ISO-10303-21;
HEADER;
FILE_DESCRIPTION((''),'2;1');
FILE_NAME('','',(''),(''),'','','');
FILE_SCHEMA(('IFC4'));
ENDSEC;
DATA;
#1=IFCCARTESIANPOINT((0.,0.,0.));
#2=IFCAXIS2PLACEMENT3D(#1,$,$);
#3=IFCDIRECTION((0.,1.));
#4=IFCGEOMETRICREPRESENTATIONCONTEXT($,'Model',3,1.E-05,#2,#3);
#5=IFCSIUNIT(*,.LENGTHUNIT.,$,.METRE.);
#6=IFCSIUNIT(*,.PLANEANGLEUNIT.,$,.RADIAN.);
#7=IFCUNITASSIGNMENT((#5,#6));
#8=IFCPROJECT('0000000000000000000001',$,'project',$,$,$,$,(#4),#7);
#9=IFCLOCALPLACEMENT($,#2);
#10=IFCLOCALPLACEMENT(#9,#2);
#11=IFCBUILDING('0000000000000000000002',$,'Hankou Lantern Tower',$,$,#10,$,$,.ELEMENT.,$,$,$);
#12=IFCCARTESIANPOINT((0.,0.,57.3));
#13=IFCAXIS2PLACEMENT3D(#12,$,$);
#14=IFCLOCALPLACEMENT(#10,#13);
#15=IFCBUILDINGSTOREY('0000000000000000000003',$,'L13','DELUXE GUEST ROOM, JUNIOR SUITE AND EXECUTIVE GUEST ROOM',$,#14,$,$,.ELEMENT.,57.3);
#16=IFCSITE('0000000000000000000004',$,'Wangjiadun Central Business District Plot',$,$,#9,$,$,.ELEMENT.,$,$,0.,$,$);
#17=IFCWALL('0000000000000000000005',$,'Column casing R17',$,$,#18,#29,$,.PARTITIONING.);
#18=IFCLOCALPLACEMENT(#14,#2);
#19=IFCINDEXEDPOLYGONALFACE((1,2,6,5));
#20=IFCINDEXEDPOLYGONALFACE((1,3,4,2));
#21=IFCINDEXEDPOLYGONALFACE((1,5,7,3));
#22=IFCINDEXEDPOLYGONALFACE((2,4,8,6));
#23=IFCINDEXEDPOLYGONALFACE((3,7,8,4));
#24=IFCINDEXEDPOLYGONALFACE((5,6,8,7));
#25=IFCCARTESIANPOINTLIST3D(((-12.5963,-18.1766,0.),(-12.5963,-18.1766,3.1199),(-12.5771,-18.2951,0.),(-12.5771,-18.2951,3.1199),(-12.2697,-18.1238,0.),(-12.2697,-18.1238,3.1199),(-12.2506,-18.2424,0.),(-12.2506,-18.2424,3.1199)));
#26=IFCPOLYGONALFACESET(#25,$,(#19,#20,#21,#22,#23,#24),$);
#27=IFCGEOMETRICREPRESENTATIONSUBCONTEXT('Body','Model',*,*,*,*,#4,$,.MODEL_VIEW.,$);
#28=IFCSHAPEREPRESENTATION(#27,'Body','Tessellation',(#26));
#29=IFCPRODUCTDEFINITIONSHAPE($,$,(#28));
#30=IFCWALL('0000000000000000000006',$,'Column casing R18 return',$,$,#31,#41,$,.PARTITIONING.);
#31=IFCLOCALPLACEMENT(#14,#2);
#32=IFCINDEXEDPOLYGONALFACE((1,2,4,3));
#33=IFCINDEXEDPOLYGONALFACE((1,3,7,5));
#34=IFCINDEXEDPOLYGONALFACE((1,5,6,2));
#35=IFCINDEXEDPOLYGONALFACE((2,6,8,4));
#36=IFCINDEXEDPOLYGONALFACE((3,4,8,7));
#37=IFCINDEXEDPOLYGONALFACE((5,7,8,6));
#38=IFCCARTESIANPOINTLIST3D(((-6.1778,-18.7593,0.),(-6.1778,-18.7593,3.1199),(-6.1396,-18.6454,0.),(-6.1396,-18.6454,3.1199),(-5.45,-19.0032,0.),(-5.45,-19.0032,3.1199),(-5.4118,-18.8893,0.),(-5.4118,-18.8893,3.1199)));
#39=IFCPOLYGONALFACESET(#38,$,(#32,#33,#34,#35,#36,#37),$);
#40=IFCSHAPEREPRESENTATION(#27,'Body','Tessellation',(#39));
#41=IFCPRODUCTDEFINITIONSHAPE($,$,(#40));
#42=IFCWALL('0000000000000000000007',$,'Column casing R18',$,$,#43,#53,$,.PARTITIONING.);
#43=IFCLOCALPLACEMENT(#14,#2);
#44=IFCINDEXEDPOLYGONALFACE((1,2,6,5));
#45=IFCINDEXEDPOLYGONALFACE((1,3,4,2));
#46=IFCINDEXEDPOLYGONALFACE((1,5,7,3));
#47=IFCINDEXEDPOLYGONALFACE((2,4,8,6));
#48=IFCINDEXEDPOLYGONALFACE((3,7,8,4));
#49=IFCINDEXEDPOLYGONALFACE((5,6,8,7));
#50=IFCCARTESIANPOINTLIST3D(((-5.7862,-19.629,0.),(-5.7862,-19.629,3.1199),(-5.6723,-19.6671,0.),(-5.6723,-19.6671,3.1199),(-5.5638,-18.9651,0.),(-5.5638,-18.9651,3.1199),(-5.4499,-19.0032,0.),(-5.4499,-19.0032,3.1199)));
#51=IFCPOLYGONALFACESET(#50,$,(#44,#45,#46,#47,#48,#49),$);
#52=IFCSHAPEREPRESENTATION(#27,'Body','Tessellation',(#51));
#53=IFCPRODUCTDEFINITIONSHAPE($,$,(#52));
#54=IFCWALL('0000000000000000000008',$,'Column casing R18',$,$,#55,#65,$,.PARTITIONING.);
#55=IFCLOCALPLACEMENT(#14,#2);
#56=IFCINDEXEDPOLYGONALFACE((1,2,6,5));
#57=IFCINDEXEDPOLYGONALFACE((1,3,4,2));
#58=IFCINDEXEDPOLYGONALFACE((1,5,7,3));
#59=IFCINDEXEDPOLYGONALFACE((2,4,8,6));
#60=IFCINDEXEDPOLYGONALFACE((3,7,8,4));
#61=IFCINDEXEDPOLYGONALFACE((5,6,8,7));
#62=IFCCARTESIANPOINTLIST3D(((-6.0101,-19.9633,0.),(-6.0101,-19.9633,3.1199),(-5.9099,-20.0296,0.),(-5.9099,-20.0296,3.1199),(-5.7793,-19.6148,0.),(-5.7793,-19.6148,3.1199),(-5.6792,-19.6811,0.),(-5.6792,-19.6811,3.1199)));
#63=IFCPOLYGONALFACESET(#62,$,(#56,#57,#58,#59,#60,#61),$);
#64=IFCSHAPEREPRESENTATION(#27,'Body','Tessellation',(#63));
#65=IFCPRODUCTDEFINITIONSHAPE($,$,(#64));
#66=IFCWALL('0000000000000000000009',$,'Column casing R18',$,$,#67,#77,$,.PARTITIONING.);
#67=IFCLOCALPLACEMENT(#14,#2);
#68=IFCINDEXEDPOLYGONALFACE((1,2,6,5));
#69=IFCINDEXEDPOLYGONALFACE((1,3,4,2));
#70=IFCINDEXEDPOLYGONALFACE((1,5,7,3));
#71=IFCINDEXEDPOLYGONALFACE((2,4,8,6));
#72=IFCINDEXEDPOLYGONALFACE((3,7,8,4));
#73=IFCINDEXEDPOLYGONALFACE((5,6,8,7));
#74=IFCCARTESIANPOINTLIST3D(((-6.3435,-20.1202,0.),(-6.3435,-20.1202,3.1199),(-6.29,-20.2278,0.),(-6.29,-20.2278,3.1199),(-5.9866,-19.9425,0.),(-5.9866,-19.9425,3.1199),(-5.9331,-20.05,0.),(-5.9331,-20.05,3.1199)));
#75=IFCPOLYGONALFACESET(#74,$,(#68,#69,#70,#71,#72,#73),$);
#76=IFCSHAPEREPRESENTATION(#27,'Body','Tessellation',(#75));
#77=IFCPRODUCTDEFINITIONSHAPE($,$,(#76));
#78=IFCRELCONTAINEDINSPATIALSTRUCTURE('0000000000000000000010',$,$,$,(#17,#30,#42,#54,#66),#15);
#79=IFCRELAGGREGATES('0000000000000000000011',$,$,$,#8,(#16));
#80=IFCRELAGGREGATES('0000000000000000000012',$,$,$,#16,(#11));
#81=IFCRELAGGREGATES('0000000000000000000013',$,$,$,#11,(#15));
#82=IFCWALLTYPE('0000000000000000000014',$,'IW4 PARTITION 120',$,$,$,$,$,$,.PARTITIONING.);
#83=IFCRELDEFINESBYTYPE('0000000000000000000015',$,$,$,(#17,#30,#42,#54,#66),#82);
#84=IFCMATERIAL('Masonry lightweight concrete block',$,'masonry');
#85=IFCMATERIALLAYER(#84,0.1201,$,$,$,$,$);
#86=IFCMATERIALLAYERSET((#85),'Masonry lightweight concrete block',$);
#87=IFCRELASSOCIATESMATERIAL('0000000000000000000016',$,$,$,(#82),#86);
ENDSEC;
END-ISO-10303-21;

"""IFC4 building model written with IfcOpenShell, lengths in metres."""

from ifc_helpers import new_model, si_unit, direction, frame, frame_2d, origin, place, context, subcontext, project, spatial, rectangle, extrude, material, layer, layer_set, type_object, element, save


model = new_model("IFC4")

# Units and contexts
model_context = context("Model", 3, precision=1e-05, world=origin(), true_north=direction((0.0, 1.0)))
body_context = subcontext(model_context, "Body", "Model", "MODEL_VIEW")
ifc_project = project(units=[si_unit("LENGTHUNIT", "METRE"), si_unit("PLANEANGLEUNIT", "RADIAN")], contexts=[model_context])

# Site, building, storey
site_placement = place(None, origin())
site = spatial("IfcSite", under=ifc_project, at=site_placement, Name="Wangjiadun Central Business District Plot", CompositionType="ELEMENT", RefElevation=0.0)
building_placement = place(site_placement, origin())
building = spatial("IfcBuilding", under=site, at=building_placement, Name="Hankou Lantern Tower", CompositionType="ELEMENT")
storey_placement = place(building_placement, frame((0.0, 0.0, 57.3)))
storey = spatial("IfcBuildingStorey", under=building, at=storey_placement, Name="L13", Description="DELUXE GUEST ROOM, JUNIOR SUITE AND EXECUTIVE GUEST ROOM", CompositionType="ELEMENT", Elevation=57.3)

# Walls
ifc_material_1 = material(Name="Masonry lightweight concrete block", Category="masonry")
ifc_layer_1 = layer(ifc_material_1, 0.1201)
ifc_layer_set_1 = layer_set([ifc_layer_1], Name="Masonry lightweight concrete block")
wall_type_1 = type_object("IfcWallType", Name="IW4 PARTITION 120", PredefinedType="PARTITIONING", material=ifc_layer_set_1)
wall_1_placement = place(storey_placement, frame((-12.26, -18.1831, 0.0), z_axis=(0.0, 0.0, 1.0), x_axis=(-0.987219, -0.159372, 0.0)))
element("IfcWall", 1, at=wall_1_placement, inside=storey, type_object=wall_type_1, Name="Column casing R17", PredefinedType="PARTITIONING", context=body_context, shape_type="SweptSolid", body=[
    extrude(rectangle(XDim=0.3308, YDim=0.1201, at=frame_2d((0.1655, 0.0))), origin(), (0.0, 0.0, 1.0), 3.1199),
])
wall_2_placement = place(storey_placement, frame((-6.1587, -18.7024, 0.0), z_axis=(0.0, 0.0, 1.0), x_axis=(0.948173, -0.317754, 0.0)))
element("IfcWall", 2, at=wall_2_placement, inside=storey, type_object=wall_type_1, Name="Column casing R18 return", PredefinedType="PARTITIONING", context=body_context, shape_type="SweptSolid", body=[
    extrude(rectangle(XDim=0.7676, YDim=0.1201, at=frame_2d((0.3838, 0.0))), origin(), (0.0, 0.0, 1.0), 3.1199),
])
wall_3_placement = place(storey_placement, frame((-5.5068, -18.9841, 0.0), z_axis=(0.0, 0.0, 1.0), x_axis=(-0.317692, -0.948194, 0.0)))
element("IfcWall", 3, at=wall_3_placement, inside=storey, type_object=wall_type_1, Name="Column casing R18", PredefinedType="PARTITIONING", context=body_context, shape_type="SweptSolid", body=[
    extrude(rectangle(XDim=0.7002, YDim=0.1201, at=frame_2d((0.3501, 0.0))), origin(), (0.0, 0.0, 1.0), 3.1199),
])
wall_4_placement = place(storey_placement, frame((-5.7292, -19.6479, 0.0), z_axis=(0.0, 0.0, 1.0), x_axis=(-0.552136, -0.833754, 0.0)))
element("IfcWall", 4, at=wall_4_placement, inside=storey, type_object=wall_type_1, Name="Column casing R18", PredefinedType="PARTITIONING", context=body_context, shape_type="SweptSolid", body=[
    extrude(rectangle(XDim=0.418, YDim=0.1201, at=frame_2d((0.209, 0.0))), origin(), (0.0, 0.0, 1.0), 3.1199),
])
wall_5_placement = place(storey_placement, frame((-5.96, -19.9963, 0.0), z_axis=(0.0, 0.0, 1.0), x_axis=(-0.895161, -0.445744, 0.0)))
element("IfcWall", 5, at=wall_5_placement, inside=storey, type_object=wall_type_1, Name="Column casing R18", PredefinedType="PARTITIONING", context=body_context, shape_type="SweptSolid", body=[
    extrude(rectangle(XDim=0.3987, YDim=0.1201, at=frame_2d((0.1992, 0.0))), origin(), (0.0, 0.0, 1.0), 3.1199),
])

save(model, "model.ifc")
